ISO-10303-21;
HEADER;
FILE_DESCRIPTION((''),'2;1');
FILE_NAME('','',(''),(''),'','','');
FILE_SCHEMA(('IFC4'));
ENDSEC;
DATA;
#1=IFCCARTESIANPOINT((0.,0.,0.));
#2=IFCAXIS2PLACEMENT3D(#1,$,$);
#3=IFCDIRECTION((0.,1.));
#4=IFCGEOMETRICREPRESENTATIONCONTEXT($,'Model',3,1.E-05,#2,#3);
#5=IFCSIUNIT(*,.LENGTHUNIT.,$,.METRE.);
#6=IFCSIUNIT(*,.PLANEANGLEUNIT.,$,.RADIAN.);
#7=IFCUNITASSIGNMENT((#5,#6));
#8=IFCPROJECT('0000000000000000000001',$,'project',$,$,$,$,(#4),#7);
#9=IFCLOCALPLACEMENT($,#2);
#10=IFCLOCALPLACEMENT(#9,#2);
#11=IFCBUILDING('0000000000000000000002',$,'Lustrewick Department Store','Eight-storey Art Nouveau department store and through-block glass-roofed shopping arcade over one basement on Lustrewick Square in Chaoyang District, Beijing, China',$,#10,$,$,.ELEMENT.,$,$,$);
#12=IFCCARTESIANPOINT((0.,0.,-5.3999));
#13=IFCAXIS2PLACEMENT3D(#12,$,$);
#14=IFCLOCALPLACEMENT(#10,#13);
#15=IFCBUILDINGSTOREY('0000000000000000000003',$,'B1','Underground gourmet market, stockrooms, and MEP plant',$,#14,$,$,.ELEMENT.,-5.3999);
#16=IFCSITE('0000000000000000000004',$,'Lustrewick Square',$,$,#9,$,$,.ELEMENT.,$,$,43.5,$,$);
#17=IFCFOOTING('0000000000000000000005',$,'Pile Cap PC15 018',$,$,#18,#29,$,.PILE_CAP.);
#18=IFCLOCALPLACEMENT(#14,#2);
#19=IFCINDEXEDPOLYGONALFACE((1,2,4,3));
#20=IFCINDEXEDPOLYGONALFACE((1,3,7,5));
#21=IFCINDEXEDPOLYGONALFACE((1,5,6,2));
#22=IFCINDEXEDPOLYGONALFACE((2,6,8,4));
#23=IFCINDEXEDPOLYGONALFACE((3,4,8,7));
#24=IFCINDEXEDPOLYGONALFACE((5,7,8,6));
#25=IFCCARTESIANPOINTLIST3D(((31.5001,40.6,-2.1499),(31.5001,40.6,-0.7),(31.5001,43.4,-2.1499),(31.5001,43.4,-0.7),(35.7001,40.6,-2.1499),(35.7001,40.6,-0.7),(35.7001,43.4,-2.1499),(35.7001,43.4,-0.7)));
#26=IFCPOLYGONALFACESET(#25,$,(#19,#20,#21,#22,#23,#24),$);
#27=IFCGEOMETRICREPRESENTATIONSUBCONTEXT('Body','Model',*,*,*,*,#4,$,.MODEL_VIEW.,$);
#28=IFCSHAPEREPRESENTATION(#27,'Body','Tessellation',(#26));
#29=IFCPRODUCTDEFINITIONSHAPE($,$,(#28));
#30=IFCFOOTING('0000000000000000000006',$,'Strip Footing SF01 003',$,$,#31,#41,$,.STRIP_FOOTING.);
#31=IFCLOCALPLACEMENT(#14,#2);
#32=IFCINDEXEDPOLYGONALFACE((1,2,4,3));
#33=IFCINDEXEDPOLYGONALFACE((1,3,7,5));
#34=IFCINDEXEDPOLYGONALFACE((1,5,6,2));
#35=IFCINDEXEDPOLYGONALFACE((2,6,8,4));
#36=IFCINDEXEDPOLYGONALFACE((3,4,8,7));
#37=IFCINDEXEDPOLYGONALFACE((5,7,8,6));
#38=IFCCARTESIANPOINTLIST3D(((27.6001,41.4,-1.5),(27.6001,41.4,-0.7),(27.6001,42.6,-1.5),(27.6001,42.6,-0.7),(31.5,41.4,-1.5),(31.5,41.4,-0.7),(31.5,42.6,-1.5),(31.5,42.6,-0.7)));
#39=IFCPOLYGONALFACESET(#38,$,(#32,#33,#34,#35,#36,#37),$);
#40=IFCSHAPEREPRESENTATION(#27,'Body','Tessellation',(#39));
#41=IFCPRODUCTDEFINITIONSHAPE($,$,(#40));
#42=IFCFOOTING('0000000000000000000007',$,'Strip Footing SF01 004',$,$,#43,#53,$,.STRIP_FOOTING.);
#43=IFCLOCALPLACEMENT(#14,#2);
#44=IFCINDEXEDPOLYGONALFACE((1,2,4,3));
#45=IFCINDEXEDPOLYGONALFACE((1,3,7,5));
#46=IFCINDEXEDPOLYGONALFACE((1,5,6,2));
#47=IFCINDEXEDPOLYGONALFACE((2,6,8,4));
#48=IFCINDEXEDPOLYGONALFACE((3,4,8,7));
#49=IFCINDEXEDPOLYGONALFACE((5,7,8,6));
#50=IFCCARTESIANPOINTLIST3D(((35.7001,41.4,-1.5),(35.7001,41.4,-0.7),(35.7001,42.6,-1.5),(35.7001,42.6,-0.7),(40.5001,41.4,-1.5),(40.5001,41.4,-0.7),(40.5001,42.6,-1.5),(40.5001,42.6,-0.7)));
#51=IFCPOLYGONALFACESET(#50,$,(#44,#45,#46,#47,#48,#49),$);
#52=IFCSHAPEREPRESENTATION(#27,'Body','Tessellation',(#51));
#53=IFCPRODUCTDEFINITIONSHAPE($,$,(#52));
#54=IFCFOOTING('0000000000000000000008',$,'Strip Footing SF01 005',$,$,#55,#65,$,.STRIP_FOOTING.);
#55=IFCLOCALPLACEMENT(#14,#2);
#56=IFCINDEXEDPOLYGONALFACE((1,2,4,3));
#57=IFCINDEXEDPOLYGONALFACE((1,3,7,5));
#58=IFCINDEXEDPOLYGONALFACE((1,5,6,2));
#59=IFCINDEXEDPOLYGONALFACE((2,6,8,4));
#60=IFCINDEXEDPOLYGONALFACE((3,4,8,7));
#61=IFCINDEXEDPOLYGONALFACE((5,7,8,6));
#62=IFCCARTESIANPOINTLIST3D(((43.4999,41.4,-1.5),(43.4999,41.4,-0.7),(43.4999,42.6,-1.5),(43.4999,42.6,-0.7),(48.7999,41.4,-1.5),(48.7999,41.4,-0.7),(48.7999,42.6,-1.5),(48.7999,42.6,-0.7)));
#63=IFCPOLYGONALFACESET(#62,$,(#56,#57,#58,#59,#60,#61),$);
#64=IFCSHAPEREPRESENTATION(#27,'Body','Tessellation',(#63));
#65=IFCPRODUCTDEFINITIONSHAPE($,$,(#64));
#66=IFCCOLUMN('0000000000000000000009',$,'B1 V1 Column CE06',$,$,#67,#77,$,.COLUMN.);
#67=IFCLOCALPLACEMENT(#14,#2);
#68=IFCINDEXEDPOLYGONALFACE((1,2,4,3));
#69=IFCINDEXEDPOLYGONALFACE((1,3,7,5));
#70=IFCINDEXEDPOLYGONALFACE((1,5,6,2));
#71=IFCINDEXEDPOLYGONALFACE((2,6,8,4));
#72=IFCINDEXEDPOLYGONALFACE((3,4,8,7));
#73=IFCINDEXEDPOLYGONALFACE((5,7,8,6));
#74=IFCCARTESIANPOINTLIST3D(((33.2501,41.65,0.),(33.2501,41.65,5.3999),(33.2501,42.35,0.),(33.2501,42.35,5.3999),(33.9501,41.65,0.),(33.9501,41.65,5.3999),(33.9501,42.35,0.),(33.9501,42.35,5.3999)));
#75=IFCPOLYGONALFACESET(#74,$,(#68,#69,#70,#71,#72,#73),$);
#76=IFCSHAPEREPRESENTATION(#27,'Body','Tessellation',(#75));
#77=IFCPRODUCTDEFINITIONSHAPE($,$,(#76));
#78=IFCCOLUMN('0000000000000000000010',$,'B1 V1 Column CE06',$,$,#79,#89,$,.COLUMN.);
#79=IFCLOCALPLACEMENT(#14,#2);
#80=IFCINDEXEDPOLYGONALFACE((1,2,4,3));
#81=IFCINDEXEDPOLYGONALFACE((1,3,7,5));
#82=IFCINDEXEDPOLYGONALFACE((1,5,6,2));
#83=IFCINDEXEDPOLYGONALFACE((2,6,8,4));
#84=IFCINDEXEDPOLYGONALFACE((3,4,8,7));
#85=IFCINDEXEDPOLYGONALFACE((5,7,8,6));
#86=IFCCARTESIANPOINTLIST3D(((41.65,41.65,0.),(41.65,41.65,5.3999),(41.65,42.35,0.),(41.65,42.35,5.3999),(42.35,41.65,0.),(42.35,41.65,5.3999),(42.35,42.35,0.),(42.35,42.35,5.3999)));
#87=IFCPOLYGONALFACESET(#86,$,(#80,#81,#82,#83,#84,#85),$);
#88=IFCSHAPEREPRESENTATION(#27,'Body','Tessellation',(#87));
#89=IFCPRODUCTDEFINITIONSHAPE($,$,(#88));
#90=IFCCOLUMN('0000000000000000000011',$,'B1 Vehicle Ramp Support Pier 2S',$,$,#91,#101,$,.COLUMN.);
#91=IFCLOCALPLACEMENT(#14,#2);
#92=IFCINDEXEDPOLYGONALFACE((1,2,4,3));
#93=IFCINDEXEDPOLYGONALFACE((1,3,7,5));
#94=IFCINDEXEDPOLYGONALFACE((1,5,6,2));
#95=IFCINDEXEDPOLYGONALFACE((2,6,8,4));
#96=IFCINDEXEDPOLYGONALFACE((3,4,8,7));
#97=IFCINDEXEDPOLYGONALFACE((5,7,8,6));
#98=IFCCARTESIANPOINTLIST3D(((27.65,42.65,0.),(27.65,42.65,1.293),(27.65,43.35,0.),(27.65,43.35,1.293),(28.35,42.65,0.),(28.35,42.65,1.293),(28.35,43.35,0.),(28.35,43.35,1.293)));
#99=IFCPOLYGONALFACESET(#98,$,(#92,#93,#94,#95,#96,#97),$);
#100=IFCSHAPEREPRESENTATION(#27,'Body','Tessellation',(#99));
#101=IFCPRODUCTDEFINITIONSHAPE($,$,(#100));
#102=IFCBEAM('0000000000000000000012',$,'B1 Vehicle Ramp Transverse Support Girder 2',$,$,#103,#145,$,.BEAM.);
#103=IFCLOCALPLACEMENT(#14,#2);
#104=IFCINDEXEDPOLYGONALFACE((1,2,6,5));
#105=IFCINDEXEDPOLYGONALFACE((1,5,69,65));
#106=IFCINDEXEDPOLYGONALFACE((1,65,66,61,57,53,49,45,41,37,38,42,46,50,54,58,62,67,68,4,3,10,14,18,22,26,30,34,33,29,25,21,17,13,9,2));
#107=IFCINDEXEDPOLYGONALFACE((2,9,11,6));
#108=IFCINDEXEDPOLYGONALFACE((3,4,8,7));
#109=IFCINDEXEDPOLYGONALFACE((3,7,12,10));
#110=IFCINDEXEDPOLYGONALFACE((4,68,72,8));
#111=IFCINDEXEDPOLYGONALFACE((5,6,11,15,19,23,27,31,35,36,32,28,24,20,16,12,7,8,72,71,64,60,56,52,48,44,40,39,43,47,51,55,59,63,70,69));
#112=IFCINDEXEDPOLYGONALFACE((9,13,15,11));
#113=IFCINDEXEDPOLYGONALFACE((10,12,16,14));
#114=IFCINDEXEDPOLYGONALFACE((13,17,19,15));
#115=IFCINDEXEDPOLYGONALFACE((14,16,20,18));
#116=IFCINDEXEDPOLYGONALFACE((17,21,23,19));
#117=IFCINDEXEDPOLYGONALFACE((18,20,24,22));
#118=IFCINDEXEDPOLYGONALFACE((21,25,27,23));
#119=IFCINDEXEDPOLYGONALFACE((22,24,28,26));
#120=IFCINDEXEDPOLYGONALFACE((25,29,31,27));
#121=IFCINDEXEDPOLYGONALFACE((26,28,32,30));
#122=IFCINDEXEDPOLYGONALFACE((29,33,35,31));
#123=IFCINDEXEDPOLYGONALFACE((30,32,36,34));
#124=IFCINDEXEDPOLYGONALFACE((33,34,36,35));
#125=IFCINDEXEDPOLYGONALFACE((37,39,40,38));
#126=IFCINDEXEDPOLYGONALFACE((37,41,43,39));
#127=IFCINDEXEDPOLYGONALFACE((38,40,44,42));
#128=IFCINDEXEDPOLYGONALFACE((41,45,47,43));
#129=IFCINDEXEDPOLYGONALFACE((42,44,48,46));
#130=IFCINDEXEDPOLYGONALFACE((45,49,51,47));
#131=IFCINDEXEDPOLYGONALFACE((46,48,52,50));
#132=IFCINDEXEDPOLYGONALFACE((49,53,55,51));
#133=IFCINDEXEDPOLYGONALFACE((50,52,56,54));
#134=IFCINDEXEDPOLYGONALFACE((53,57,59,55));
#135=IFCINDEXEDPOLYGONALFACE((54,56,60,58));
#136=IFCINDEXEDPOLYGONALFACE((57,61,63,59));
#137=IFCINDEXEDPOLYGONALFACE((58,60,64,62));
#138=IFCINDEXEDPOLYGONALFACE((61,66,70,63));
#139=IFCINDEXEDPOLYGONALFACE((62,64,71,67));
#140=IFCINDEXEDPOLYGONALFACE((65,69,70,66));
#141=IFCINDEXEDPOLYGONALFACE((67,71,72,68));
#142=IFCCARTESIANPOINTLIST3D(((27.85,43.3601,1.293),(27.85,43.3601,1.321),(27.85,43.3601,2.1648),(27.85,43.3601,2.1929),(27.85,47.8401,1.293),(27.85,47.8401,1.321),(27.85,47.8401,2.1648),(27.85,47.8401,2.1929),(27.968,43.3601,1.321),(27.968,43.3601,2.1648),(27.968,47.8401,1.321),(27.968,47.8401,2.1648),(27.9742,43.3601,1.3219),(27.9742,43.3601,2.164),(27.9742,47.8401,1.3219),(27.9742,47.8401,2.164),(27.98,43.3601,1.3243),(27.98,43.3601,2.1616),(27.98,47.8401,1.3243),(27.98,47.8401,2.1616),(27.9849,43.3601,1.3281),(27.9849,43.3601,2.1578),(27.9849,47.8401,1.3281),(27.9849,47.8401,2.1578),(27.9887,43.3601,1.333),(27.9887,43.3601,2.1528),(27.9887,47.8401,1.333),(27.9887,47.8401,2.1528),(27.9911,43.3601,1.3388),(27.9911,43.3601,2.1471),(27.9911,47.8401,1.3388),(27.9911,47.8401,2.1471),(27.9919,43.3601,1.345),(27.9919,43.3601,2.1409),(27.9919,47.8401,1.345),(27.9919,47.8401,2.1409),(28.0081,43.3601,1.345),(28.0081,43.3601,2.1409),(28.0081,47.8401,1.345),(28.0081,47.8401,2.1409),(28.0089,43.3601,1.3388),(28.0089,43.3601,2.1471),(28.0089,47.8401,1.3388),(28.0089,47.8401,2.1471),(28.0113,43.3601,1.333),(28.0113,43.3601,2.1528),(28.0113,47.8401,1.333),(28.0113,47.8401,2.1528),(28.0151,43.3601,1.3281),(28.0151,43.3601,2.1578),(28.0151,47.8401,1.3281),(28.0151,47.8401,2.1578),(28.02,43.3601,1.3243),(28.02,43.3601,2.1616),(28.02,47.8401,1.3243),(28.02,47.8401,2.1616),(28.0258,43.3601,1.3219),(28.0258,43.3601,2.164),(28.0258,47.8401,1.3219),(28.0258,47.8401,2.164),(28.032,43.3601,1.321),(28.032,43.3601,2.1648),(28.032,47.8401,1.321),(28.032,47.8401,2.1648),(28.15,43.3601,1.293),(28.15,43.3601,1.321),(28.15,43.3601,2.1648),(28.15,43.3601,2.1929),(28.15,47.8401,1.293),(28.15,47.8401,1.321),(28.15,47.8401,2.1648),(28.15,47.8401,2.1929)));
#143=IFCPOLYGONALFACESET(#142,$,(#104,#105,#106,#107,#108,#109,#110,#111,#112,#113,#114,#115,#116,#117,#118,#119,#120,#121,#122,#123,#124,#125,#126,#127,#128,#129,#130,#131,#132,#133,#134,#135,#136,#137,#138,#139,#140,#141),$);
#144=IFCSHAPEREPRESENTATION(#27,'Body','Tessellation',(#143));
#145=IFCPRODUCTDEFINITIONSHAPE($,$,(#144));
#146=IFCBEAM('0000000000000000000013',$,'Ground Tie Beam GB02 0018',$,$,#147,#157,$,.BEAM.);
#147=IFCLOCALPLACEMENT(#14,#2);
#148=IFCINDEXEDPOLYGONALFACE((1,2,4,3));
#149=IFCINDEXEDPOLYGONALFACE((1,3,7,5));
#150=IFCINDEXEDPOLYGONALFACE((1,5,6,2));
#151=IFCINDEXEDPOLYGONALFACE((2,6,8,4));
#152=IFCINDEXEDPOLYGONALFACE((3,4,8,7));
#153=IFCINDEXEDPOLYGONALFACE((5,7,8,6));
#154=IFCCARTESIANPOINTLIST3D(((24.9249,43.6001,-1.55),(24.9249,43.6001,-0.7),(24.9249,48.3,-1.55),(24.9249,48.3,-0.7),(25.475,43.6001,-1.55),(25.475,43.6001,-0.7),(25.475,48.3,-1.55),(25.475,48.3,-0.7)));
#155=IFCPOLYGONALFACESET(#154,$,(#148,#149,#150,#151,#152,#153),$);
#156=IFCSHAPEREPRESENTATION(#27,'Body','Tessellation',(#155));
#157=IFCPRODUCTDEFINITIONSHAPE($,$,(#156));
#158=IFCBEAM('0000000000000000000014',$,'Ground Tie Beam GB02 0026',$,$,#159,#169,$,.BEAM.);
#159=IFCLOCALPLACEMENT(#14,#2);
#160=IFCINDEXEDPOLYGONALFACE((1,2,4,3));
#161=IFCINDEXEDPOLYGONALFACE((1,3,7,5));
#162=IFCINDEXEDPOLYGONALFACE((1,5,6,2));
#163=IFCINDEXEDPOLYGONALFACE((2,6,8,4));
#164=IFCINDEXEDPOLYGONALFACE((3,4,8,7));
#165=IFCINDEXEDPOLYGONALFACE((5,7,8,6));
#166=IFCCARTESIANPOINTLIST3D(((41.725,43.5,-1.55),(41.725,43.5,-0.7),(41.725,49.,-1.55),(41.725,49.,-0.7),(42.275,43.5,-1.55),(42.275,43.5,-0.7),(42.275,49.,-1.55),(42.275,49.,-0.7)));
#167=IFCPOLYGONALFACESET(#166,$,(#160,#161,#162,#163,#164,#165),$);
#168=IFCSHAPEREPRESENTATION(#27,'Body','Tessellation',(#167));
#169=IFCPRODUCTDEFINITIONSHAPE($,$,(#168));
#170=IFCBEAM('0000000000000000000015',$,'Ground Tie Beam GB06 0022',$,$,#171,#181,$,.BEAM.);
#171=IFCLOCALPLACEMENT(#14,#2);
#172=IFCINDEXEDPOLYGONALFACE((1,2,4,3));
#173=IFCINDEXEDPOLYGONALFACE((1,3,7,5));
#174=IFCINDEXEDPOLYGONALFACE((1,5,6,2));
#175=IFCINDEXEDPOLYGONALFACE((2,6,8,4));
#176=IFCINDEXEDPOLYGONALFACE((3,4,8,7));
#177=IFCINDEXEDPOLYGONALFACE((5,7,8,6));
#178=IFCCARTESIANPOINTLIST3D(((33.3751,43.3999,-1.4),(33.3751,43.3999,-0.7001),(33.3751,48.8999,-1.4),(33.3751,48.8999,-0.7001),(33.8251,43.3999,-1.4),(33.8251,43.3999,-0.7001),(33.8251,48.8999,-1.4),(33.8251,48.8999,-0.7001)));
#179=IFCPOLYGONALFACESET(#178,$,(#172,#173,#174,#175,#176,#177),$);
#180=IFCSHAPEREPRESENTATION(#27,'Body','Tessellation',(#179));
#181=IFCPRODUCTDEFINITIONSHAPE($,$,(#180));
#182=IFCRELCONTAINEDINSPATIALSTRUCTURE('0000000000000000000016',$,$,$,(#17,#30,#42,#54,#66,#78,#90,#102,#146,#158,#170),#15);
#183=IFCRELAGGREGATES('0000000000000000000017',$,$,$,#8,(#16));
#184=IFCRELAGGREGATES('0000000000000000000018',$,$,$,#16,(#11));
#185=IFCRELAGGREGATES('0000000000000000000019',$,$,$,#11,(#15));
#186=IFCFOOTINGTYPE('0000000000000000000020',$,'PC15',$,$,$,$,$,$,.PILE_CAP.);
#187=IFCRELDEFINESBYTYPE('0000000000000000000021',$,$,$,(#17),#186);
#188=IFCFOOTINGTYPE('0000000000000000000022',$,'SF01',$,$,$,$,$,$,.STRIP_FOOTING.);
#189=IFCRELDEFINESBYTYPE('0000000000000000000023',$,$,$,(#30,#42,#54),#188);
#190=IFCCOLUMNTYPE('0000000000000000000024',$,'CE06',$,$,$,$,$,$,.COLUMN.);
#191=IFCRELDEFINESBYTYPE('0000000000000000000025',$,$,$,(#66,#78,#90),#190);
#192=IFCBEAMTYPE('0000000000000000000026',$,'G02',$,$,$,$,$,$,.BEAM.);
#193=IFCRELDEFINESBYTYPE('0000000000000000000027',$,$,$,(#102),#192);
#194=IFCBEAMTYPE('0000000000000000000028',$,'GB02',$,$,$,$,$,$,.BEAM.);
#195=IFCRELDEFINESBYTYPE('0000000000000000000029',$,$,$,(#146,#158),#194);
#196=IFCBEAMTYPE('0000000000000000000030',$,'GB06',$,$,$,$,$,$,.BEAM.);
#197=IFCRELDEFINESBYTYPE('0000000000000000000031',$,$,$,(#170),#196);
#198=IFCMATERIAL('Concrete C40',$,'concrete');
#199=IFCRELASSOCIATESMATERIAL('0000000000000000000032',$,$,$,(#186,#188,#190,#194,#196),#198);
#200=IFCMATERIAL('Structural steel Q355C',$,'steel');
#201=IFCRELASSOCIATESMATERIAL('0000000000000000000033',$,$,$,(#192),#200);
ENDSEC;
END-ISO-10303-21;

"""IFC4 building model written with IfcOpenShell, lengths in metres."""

from ifc_helpers import new_model, si_unit, direction, frame, origin, origin_2d, place, context, subcontext, project, spatial, rectangle, i_section, extrude, material, material_profile, profile_set, type_object, element, save


model = new_model("IFC4")

# Units and contexts
model_context = context("Model", 3, precision=1e-05, world=origin(), true_north=direction((0.0, 1.0)))
body_context = subcontext(model_context, "Body", "Model", "MODEL_VIEW")
ifc_project = project(units=[si_unit("LENGTHUNIT", "METRE"), si_unit("PLANEANGLEUNIT", "RADIAN")], contexts=[model_context])

# Site, building, storey
site_placement = place(None, origin())
site = spatial("IfcSite", under=ifc_project, at=site_placement, Name="Lustrewick Square", CompositionType="ELEMENT", RefElevation=43.5)
building_placement = place(site_placement, origin())
building = spatial("IfcBuilding", under=site, at=building_placement, Name="Lustrewick Department Store", Description="Eight-storey Art Nouveau department store and through-block glass-roofed shopping arcade over one basement on Lustrewick Square in Chaoyang District, Beijing, China", CompositionType="ELEMENT")
storey_placement = place(building_placement, frame((0.0, 0.0, -5.3999)))
storey = spatial("IfcBuildingStorey", under=building, at=storey_placement, Name="B1", Description="Underground gourmet market, stockrooms, and MEP plant", CompositionType="ELEMENT", Elevation=-5.3999)

# Shared definitions
ifc_material_1 = material(Name="Concrete C40", Category="concrete")

# Footings
footing_type_1 = type_object("IfcFootingType", Name="PC15", PredefinedType="PILE_CAP", material=ifc_material_1)
footing_1_placement = place(storey_placement, frame((33.6001, 42.0, -2.1499), z_axis=(0.0, 0.0, 1.0), x_axis=(1.0, 0.0, 0.0)))
element("IfcFooting", 1, at=footing_1_placement, inside=storey, type_object=footing_type_1, Name="Pile Cap PC15 018", PredefinedType="PILE_CAP", context=body_context, shape_type="SweptSolid", body=[
    extrude(rectangle(XDim=4.2, YDim=2.8, at=origin_2d()), origin(), (0.0, 0.0, 1.0), 1.45),
])
footing_type_2 = type_object("IfcFootingType", Name="SF01", PredefinedType="STRIP_FOOTING", material=ifc_material_1)
footing_2_placement = place(storey_placement, frame((29.55, 42.0, -1.5), z_axis=(0.0, 0.0, 1.0), x_axis=(1.0, 0.0, 0.0)))
element("IfcFooting", 2, at=footing_2_placement, inside=storey, type_object=footing_type_2, Name="Strip Footing SF01 003", PredefinedType="STRIP_FOOTING", context=body_context, shape_type="SweptSolid", body=[
    extrude(rectangle(XDim=3.8999, YDim=1.2, at=origin_2d()), origin(), (0.0, 0.0, 1.0), 0.8),
])
footing_3_placement = place(storey_placement, frame((38.1001, 42.0, -1.5), z_axis=(0.0, 0.0, 1.0), x_axis=(1.0, 0.0, 0.0)))
element("IfcFooting", 3, at=footing_3_placement, inside=storey, type_object=footing_type_2, Name="Strip Footing SF01 004", PredefinedType="STRIP_FOOTING", context=body_context, shape_type="SweptSolid", body=[
    extrude(rectangle(XDim=4.8, YDim=1.2, at=origin_2d()), origin(), (0.0, 0.0, 1.0), 0.8),
])
footing_4_placement = place(storey_placement, frame((46.1499, 42.0, -1.5), z_axis=(0.0, 0.0, 1.0), x_axis=(1.0, 0.0, 0.0)))
element("IfcFooting", 4, at=footing_4_placement, inside=storey, type_object=footing_type_2, Name="Strip Footing SF01 005", PredefinedType="STRIP_FOOTING", context=body_context, shape_type="SweptSolid", body=[
    extrude(rectangle(XDim=5.3, YDim=1.2, at=origin_2d()), origin(), (0.0, 0.0, 1.0), 0.8),
])

# Columns
ifc_material_profile_1 = material_profile(ifc_material_1, rectangle(XDim=0.7, YDim=0.7, at=origin_2d()), Name="RC 700x700")
ifc_profile_set_1 = profile_set([ifc_material_profile_1], Name="Concrete C40")
column_type = type_object("IfcColumnType", Name="CE06", PredefinedType="COLUMN", material=ifc_profile_set_1)
for number, where, z_axis, x_axis, name in (
    (5, (33.6001, 42.0, 0.0), (0.0, 0.0, 1.0), (1.0, 0.0, 0.0), "B1 V1 Column CE06"),
    (6, (42.0, 42.0, 0.0), (0.0, 0.0, 1.0), (1.0, 0.0, 0.0), "B1 V1 Column CE06"),
):
    element("IfcColumn", number, at=place(storey_placement, frame(where, z_axis=z_axis, x_axis=x_axis)), inside=storey, type_object=column_type, Name=name, PredefinedType="COLUMN", context=body_context, shape_type="SweptSolid", body=[
        extrude(rectangle(XDim=0.7, YDim=0.7, at=origin_2d()), origin(), (0.0, 0.0, 1.0), 5.3999),
    ])
column_placement = place(storey_placement, frame((28.0, 43.0, 0.0), z_axis=(0.0, 0.0, 1.0), x_axis=(1.0, 0.0, 0.0)))
element("IfcColumn", 7, at=column_placement, inside=storey, type_object=column_type, Name="B1 Vehicle Ramp Support Pier 2S", PredefinedType="COLUMN", context=body_context, shape_type="SweptSolid", body=[
    extrude(rectangle(XDim=0.7, YDim=0.7, at=origin_2d()), origin(), (0.0, 0.0, 1.0), 1.293),
])

# Beams
ifc_material_2 = material(Name="Structural steel Q355C", Category="steel")
ifc_material_profile_2 = material_profile(ifc_material_2, i_section(OverallWidth=0.3, OverallDepth=0.8999, WebThickness=0.0161, FlangeThickness=0.0281, FilletRadius=0.0239, at=origin_2d()), Name="HN 900x300x16x28")
ifc_profile_set_2 = profile_set([ifc_material_profile_2], Name="Structural steel Q355C")
beam_type_1 = type_object("IfcBeamType", Name="G02", PredefinedType="BEAM", material=ifc_profile_set_2)
beam_1_placement = place(storey_placement, frame((28.0, 43.3601, 1.7429), z_axis=(0.0, 1.0, 0.0), x_axis=(-1.0, 0.0, 0.0)))
element("IfcBeam", 8, at=beam_1_placement, inside=storey, type_object=beam_type_1, Name="B1 Vehicle Ramp Transverse Support Girder 2", PredefinedType="BEAM", context=body_context, shape_type="SweptSolid", body=[
    extrude(i_section(OverallWidth=0.3, OverallDepth=0.8999, WebThickness=0.0161, FlangeThickness=0.0281, FilletRadius=0.0239, at=origin_2d()), origin(), (0.0, 0.0, 1.0), 4.48),
])
ifc_material_profile_3 = material_profile(ifc_material_1, rectangle(XDim=0.55, YDim=0.8501, at=origin_2d()), Name="RC 550x850")
ifc_profile_set_3 = profile_set([ifc_material_profile_3], Name="Concrete C40")
beam_type_2 = type_object("IfcBeamType", Name="GB02", PredefinedType="BEAM", material=ifc_profile_set_3)
beam_2_placement = place(storey_placement, frame((25.2, 43.6001, -1.125), z_axis=(0.0, 1.0, 0.0), x_axis=(-1.0, 0.0, 0.0)))
element("IfcBeam", 9, at=beam_2_placement, inside=storey, type_object=beam_type_2, Name="Ground Tie Beam GB02 0018", PredefinedType="BEAM", context=body_context, shape_type="SweptSolid", body=[
    extrude(rectangle(XDim=0.55, YDim=0.8501, at=origin_2d()), origin(), (0.0, 0.0, 1.0), 4.7),
])
beam_3_placement = place(storey_placement, frame((42.0, 43.5, -1.125), z_axis=(0.0, 1.0, 0.0), x_axis=(-1.0, 0.0, 0.0)))
element("IfcBeam", 10, at=beam_3_placement, inside=storey, type_object=beam_type_2, Name="Ground Tie Beam GB02 0026", PredefinedType="BEAM", context=body_context, shape_type="SweptSolid", body=[
    extrude(rectangle(XDim=0.55, YDim=0.8501, at=origin_2d()), origin(), (0.0, 0.0, 1.0), 5.5),
])
ifc_material_profile_4 = material_profile(ifc_material_1, rectangle(XDim=0.45, YDim=0.7, at=origin_2d()), Name="RC 450x700")
ifc_profile_set_4 = profile_set([ifc_material_profile_4], Name="Concrete C40")
beam_type_3 = type_object("IfcBeamType", Name="GB06", PredefinedType="BEAM", material=ifc_profile_set_4)
beam_4_placement = place(storey_placement, frame((33.6001, 43.3999, -1.05), z_axis=(0.0, 1.0, 0.0), x_axis=(-1.0, 0.0, 0.0)))
element("IfcBeam", 11, at=beam_4_placement, inside=storey, type_object=beam_type_3, Name="Ground Tie Beam GB06 0022", PredefinedType="BEAM", context=body_context, shape_type="SweptSolid", body=[
    extrude(rectangle(XDim=0.45, YDim=0.7, at=origin_2d()), origin(), (0.0, 0.0, 1.0), 5.5),
])

save(model, "model.ifc")
